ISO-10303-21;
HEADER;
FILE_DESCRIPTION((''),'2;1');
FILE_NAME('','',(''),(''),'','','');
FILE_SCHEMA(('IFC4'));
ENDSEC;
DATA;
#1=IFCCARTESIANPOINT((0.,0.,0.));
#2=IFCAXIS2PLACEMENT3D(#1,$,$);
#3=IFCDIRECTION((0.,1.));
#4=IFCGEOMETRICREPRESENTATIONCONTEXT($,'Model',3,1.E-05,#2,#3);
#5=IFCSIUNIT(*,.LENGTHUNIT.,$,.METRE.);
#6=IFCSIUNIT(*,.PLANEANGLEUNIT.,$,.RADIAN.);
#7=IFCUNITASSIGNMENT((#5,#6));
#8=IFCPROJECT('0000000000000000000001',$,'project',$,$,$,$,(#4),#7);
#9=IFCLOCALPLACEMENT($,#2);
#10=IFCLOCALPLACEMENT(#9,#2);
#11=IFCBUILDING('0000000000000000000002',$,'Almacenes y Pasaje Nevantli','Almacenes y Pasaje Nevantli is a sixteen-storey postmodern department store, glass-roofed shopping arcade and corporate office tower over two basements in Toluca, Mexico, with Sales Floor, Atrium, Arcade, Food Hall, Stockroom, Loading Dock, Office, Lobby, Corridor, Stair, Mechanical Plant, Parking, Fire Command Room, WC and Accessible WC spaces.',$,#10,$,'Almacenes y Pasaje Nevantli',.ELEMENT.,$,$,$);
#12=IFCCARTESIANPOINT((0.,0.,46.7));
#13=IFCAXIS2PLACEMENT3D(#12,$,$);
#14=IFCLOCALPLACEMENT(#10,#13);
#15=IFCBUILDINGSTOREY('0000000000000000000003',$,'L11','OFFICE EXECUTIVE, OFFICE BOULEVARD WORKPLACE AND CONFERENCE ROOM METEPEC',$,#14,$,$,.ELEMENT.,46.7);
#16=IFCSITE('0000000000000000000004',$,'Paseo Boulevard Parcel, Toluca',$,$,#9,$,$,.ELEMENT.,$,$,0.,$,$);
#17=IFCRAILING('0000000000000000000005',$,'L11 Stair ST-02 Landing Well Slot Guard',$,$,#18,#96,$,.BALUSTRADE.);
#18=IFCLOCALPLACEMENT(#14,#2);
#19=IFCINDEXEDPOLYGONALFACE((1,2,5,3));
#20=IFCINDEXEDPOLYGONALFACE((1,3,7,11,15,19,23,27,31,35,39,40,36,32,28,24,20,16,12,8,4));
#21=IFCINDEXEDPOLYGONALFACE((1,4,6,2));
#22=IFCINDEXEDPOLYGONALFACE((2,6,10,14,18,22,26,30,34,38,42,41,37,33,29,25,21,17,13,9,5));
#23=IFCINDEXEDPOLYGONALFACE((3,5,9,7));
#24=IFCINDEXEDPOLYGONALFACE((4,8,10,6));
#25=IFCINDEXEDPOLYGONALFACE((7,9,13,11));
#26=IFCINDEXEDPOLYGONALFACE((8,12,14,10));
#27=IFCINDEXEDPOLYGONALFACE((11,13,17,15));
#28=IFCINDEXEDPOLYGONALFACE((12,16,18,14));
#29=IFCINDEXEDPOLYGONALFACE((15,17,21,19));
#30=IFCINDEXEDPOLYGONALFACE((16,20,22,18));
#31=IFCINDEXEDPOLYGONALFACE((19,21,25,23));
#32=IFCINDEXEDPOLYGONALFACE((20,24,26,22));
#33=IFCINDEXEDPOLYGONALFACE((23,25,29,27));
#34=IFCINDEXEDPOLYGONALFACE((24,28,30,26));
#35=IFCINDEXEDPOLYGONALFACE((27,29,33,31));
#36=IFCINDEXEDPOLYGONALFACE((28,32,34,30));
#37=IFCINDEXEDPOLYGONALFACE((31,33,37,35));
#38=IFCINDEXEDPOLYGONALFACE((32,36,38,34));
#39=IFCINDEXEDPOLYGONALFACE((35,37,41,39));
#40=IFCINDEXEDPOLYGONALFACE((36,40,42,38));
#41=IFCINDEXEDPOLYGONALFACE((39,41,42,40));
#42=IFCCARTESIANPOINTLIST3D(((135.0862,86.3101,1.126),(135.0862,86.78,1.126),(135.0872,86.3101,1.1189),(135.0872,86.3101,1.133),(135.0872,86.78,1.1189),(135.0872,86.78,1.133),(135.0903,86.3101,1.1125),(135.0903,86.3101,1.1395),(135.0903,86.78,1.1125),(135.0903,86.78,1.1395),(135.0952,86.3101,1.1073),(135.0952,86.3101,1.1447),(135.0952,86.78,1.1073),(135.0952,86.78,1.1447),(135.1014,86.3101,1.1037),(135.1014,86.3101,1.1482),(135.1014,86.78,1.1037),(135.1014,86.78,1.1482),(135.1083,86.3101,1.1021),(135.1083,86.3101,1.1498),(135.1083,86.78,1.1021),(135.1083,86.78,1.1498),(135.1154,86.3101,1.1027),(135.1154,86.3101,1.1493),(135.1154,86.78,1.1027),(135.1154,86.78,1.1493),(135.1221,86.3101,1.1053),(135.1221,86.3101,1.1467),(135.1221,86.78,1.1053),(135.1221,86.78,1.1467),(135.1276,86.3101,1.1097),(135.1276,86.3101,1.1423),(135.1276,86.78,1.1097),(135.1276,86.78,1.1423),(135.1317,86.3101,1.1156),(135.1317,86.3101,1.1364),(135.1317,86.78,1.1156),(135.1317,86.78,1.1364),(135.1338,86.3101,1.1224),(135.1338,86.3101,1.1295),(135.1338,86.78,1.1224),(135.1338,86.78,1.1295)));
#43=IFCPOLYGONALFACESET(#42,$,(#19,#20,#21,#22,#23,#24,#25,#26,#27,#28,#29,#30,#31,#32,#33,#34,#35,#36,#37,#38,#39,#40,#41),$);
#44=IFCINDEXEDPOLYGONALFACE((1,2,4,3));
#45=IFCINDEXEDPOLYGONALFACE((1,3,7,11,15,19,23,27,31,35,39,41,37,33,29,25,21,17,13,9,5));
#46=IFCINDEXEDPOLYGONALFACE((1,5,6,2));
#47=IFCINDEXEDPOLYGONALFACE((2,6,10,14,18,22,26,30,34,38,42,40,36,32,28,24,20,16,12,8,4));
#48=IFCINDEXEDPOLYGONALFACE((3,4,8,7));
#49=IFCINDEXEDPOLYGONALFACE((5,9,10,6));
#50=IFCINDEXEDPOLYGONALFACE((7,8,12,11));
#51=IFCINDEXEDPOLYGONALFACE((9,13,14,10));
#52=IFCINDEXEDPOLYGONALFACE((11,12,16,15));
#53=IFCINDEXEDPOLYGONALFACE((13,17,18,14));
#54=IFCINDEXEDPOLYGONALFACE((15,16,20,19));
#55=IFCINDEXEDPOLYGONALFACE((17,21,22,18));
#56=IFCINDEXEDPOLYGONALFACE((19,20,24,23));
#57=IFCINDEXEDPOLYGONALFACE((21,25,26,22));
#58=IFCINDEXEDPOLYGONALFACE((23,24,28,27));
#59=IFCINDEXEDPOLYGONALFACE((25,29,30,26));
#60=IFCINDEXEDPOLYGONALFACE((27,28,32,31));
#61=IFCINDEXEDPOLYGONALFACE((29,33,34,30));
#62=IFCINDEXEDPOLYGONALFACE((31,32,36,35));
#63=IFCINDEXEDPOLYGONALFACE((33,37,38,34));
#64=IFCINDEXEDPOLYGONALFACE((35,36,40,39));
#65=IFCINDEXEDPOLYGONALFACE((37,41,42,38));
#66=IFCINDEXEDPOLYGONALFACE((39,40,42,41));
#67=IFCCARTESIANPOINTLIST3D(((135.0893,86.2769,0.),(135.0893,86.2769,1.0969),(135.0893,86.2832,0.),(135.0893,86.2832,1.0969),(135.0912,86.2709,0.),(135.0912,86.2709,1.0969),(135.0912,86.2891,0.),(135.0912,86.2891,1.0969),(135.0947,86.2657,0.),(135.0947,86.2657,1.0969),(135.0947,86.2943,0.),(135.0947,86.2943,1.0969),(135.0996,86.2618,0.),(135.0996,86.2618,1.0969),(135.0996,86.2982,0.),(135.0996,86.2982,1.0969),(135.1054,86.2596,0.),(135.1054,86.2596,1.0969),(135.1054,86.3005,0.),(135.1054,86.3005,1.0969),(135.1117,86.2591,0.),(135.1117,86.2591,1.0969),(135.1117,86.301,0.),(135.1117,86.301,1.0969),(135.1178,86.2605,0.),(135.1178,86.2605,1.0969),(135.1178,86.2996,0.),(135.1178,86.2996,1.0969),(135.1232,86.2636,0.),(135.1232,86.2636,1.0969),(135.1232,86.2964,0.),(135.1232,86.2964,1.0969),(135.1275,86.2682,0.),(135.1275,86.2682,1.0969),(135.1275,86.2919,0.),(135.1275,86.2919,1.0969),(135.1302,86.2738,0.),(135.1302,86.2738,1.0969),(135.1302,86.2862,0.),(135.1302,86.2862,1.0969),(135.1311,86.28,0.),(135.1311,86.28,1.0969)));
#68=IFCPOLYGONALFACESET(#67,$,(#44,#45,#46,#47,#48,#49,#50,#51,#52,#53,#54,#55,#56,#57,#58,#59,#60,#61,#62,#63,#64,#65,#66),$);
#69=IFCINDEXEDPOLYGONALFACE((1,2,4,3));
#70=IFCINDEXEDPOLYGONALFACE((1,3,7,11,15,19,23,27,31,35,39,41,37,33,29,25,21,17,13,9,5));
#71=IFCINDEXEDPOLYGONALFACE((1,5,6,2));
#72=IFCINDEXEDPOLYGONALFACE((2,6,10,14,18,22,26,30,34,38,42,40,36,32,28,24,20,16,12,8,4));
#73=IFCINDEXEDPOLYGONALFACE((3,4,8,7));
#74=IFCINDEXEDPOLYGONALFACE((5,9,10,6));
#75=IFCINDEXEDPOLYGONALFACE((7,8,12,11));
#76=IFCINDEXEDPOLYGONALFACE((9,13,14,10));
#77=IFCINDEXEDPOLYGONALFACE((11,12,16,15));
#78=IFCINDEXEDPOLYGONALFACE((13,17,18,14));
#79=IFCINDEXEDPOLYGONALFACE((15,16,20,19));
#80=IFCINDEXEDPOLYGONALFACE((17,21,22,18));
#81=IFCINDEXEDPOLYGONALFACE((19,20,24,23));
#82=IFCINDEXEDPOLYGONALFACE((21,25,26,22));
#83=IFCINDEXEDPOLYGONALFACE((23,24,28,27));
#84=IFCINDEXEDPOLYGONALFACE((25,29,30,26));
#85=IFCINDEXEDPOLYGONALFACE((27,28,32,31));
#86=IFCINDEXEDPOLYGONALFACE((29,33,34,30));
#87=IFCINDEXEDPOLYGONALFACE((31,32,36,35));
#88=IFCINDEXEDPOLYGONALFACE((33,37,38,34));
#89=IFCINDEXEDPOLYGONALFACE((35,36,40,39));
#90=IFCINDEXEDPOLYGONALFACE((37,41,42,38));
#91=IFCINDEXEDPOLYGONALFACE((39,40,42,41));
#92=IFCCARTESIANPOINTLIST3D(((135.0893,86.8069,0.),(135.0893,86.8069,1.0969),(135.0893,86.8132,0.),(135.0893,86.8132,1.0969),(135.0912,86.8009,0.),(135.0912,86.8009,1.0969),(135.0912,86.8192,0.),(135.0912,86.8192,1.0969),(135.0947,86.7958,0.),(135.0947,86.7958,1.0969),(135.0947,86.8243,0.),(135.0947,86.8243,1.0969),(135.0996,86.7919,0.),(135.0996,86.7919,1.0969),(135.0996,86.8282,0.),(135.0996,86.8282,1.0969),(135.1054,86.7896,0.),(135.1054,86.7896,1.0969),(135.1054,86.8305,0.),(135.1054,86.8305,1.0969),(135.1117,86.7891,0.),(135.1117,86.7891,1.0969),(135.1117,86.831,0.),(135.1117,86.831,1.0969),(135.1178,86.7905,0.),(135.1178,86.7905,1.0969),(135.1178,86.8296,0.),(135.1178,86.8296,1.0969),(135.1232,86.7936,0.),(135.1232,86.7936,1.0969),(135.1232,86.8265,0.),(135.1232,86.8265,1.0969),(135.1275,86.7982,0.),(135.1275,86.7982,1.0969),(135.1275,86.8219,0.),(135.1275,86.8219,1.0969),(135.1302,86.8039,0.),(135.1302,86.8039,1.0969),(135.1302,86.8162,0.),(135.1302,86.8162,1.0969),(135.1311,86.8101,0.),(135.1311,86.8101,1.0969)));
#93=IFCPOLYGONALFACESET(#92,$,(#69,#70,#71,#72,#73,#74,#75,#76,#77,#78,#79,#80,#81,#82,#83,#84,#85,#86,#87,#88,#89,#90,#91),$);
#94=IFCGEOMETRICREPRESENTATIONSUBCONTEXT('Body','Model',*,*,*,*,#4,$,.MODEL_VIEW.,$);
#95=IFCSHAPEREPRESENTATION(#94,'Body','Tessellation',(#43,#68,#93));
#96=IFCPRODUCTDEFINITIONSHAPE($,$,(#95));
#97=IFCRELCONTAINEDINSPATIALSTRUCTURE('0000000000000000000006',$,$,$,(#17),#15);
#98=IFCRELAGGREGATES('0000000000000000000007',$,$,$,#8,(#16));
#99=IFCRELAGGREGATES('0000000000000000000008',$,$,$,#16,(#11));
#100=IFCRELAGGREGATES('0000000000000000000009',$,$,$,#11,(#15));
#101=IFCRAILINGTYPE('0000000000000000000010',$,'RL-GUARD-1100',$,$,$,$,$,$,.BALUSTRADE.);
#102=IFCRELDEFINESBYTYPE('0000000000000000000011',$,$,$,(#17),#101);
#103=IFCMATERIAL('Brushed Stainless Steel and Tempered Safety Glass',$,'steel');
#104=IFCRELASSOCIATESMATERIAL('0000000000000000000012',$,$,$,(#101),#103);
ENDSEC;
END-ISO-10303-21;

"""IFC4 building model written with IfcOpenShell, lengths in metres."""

from ifc_helpers import new_model, si_unit, direction, frame, origin, origin_2d, place, context, subcontext, project, spatial, circle, extrude, material, type_object, element, save


model = new_model("IFC4")

# Units and contexts
model_context = context("Model", 3, precision=1e-05, world=origin(), true_north=direction((0.0, 1.0)))
body_context = subcontext(model_context, "Body", "Model", "MODEL_VIEW")
ifc_project = project(units=[si_unit("LENGTHUNIT", "METRE"), si_unit("PLANEANGLEUNIT", "RADIAN")], contexts=[model_context])

# Site, building, storey
site_placement = place(None, origin())
site = spatial("IfcSite", under=ifc_project, at=site_placement, Name="Paseo Boulevard Parcel, Toluca", CompositionType="ELEMENT", RefElevation=0.0)
building_placement = place(site_placement, origin())
building = spatial("IfcBuilding", under=site, at=building_placement, Name="Almacenes y Pasaje Nevantli", Description="Almacenes y Pasaje Nevantli is a sixteen-storey postmodern department store, glass-roofed shopping arcade and corporate office tower over two basements in Toluca, Mexico, with Sales Floor, Atrium, Arcade, Food Hall, Stockroom, Loading Dock, Office, Lobby, Corridor, Stair, Mechanical Plant, Parking, Fire Command Room, WC and Accessible WC spaces.", LongName="Almacenes y Pasaje Nevantli", CompositionType="ELEMENT")
storey_placement = place(building_placement, frame((0.0, 0.0, 46.7)))
storey = spatial("IfcBuildingStorey", under=building, at=storey_placement, Name="L11", Description="OFFICE EXECUTIVE, OFFICE BOULEVARD WORKPLACE AND CONFERENCE ROOM METEPEC", CompositionType="ELEMENT", Elevation=46.7)

# Railing
ifc_material_1 = material(Name="Brushed Stainless Steel and Tempered Safety Glass", Category="steel")
railing_type_1 = type_object("IfcRailingType", Name="RL-GUARD-1100", PredefinedType="BALUSTRADE", material=ifc_material_1)
railing_1_placement = place(storey_placement, frame((135.1101, 86.28, 0.0)))
element("IfcRailing", 1, at=railing_1_placement, inside=storey, type_object=railing_type_1, Name="L11 Stair ST-02 Landing Well Slot Guard", PredefinedType="BALUSTRADE", context=body_context, shape_type="SweptSolid", body=[
    extrude(circle(Radius=0.0239, at=origin_2d()), frame((0.0, 0.03, 1.126), z_axis=(0.0, 1.0, 0.0), x_axis=(-1.0, 0.0, 0.0)), (0.0, 0.0, 1.0), 0.47),
    extrude(circle(Radius=0.021, at=origin_2d()), origin(), (0.0, 0.0, 1.0), 1.0969),
    extrude(circle(Radius=0.021, at=origin_2d()), frame((0.0, 0.53, 0.0)), (0.0, 0.0, 1.0), 1.0969),
])

save(model, "model.ifc")
